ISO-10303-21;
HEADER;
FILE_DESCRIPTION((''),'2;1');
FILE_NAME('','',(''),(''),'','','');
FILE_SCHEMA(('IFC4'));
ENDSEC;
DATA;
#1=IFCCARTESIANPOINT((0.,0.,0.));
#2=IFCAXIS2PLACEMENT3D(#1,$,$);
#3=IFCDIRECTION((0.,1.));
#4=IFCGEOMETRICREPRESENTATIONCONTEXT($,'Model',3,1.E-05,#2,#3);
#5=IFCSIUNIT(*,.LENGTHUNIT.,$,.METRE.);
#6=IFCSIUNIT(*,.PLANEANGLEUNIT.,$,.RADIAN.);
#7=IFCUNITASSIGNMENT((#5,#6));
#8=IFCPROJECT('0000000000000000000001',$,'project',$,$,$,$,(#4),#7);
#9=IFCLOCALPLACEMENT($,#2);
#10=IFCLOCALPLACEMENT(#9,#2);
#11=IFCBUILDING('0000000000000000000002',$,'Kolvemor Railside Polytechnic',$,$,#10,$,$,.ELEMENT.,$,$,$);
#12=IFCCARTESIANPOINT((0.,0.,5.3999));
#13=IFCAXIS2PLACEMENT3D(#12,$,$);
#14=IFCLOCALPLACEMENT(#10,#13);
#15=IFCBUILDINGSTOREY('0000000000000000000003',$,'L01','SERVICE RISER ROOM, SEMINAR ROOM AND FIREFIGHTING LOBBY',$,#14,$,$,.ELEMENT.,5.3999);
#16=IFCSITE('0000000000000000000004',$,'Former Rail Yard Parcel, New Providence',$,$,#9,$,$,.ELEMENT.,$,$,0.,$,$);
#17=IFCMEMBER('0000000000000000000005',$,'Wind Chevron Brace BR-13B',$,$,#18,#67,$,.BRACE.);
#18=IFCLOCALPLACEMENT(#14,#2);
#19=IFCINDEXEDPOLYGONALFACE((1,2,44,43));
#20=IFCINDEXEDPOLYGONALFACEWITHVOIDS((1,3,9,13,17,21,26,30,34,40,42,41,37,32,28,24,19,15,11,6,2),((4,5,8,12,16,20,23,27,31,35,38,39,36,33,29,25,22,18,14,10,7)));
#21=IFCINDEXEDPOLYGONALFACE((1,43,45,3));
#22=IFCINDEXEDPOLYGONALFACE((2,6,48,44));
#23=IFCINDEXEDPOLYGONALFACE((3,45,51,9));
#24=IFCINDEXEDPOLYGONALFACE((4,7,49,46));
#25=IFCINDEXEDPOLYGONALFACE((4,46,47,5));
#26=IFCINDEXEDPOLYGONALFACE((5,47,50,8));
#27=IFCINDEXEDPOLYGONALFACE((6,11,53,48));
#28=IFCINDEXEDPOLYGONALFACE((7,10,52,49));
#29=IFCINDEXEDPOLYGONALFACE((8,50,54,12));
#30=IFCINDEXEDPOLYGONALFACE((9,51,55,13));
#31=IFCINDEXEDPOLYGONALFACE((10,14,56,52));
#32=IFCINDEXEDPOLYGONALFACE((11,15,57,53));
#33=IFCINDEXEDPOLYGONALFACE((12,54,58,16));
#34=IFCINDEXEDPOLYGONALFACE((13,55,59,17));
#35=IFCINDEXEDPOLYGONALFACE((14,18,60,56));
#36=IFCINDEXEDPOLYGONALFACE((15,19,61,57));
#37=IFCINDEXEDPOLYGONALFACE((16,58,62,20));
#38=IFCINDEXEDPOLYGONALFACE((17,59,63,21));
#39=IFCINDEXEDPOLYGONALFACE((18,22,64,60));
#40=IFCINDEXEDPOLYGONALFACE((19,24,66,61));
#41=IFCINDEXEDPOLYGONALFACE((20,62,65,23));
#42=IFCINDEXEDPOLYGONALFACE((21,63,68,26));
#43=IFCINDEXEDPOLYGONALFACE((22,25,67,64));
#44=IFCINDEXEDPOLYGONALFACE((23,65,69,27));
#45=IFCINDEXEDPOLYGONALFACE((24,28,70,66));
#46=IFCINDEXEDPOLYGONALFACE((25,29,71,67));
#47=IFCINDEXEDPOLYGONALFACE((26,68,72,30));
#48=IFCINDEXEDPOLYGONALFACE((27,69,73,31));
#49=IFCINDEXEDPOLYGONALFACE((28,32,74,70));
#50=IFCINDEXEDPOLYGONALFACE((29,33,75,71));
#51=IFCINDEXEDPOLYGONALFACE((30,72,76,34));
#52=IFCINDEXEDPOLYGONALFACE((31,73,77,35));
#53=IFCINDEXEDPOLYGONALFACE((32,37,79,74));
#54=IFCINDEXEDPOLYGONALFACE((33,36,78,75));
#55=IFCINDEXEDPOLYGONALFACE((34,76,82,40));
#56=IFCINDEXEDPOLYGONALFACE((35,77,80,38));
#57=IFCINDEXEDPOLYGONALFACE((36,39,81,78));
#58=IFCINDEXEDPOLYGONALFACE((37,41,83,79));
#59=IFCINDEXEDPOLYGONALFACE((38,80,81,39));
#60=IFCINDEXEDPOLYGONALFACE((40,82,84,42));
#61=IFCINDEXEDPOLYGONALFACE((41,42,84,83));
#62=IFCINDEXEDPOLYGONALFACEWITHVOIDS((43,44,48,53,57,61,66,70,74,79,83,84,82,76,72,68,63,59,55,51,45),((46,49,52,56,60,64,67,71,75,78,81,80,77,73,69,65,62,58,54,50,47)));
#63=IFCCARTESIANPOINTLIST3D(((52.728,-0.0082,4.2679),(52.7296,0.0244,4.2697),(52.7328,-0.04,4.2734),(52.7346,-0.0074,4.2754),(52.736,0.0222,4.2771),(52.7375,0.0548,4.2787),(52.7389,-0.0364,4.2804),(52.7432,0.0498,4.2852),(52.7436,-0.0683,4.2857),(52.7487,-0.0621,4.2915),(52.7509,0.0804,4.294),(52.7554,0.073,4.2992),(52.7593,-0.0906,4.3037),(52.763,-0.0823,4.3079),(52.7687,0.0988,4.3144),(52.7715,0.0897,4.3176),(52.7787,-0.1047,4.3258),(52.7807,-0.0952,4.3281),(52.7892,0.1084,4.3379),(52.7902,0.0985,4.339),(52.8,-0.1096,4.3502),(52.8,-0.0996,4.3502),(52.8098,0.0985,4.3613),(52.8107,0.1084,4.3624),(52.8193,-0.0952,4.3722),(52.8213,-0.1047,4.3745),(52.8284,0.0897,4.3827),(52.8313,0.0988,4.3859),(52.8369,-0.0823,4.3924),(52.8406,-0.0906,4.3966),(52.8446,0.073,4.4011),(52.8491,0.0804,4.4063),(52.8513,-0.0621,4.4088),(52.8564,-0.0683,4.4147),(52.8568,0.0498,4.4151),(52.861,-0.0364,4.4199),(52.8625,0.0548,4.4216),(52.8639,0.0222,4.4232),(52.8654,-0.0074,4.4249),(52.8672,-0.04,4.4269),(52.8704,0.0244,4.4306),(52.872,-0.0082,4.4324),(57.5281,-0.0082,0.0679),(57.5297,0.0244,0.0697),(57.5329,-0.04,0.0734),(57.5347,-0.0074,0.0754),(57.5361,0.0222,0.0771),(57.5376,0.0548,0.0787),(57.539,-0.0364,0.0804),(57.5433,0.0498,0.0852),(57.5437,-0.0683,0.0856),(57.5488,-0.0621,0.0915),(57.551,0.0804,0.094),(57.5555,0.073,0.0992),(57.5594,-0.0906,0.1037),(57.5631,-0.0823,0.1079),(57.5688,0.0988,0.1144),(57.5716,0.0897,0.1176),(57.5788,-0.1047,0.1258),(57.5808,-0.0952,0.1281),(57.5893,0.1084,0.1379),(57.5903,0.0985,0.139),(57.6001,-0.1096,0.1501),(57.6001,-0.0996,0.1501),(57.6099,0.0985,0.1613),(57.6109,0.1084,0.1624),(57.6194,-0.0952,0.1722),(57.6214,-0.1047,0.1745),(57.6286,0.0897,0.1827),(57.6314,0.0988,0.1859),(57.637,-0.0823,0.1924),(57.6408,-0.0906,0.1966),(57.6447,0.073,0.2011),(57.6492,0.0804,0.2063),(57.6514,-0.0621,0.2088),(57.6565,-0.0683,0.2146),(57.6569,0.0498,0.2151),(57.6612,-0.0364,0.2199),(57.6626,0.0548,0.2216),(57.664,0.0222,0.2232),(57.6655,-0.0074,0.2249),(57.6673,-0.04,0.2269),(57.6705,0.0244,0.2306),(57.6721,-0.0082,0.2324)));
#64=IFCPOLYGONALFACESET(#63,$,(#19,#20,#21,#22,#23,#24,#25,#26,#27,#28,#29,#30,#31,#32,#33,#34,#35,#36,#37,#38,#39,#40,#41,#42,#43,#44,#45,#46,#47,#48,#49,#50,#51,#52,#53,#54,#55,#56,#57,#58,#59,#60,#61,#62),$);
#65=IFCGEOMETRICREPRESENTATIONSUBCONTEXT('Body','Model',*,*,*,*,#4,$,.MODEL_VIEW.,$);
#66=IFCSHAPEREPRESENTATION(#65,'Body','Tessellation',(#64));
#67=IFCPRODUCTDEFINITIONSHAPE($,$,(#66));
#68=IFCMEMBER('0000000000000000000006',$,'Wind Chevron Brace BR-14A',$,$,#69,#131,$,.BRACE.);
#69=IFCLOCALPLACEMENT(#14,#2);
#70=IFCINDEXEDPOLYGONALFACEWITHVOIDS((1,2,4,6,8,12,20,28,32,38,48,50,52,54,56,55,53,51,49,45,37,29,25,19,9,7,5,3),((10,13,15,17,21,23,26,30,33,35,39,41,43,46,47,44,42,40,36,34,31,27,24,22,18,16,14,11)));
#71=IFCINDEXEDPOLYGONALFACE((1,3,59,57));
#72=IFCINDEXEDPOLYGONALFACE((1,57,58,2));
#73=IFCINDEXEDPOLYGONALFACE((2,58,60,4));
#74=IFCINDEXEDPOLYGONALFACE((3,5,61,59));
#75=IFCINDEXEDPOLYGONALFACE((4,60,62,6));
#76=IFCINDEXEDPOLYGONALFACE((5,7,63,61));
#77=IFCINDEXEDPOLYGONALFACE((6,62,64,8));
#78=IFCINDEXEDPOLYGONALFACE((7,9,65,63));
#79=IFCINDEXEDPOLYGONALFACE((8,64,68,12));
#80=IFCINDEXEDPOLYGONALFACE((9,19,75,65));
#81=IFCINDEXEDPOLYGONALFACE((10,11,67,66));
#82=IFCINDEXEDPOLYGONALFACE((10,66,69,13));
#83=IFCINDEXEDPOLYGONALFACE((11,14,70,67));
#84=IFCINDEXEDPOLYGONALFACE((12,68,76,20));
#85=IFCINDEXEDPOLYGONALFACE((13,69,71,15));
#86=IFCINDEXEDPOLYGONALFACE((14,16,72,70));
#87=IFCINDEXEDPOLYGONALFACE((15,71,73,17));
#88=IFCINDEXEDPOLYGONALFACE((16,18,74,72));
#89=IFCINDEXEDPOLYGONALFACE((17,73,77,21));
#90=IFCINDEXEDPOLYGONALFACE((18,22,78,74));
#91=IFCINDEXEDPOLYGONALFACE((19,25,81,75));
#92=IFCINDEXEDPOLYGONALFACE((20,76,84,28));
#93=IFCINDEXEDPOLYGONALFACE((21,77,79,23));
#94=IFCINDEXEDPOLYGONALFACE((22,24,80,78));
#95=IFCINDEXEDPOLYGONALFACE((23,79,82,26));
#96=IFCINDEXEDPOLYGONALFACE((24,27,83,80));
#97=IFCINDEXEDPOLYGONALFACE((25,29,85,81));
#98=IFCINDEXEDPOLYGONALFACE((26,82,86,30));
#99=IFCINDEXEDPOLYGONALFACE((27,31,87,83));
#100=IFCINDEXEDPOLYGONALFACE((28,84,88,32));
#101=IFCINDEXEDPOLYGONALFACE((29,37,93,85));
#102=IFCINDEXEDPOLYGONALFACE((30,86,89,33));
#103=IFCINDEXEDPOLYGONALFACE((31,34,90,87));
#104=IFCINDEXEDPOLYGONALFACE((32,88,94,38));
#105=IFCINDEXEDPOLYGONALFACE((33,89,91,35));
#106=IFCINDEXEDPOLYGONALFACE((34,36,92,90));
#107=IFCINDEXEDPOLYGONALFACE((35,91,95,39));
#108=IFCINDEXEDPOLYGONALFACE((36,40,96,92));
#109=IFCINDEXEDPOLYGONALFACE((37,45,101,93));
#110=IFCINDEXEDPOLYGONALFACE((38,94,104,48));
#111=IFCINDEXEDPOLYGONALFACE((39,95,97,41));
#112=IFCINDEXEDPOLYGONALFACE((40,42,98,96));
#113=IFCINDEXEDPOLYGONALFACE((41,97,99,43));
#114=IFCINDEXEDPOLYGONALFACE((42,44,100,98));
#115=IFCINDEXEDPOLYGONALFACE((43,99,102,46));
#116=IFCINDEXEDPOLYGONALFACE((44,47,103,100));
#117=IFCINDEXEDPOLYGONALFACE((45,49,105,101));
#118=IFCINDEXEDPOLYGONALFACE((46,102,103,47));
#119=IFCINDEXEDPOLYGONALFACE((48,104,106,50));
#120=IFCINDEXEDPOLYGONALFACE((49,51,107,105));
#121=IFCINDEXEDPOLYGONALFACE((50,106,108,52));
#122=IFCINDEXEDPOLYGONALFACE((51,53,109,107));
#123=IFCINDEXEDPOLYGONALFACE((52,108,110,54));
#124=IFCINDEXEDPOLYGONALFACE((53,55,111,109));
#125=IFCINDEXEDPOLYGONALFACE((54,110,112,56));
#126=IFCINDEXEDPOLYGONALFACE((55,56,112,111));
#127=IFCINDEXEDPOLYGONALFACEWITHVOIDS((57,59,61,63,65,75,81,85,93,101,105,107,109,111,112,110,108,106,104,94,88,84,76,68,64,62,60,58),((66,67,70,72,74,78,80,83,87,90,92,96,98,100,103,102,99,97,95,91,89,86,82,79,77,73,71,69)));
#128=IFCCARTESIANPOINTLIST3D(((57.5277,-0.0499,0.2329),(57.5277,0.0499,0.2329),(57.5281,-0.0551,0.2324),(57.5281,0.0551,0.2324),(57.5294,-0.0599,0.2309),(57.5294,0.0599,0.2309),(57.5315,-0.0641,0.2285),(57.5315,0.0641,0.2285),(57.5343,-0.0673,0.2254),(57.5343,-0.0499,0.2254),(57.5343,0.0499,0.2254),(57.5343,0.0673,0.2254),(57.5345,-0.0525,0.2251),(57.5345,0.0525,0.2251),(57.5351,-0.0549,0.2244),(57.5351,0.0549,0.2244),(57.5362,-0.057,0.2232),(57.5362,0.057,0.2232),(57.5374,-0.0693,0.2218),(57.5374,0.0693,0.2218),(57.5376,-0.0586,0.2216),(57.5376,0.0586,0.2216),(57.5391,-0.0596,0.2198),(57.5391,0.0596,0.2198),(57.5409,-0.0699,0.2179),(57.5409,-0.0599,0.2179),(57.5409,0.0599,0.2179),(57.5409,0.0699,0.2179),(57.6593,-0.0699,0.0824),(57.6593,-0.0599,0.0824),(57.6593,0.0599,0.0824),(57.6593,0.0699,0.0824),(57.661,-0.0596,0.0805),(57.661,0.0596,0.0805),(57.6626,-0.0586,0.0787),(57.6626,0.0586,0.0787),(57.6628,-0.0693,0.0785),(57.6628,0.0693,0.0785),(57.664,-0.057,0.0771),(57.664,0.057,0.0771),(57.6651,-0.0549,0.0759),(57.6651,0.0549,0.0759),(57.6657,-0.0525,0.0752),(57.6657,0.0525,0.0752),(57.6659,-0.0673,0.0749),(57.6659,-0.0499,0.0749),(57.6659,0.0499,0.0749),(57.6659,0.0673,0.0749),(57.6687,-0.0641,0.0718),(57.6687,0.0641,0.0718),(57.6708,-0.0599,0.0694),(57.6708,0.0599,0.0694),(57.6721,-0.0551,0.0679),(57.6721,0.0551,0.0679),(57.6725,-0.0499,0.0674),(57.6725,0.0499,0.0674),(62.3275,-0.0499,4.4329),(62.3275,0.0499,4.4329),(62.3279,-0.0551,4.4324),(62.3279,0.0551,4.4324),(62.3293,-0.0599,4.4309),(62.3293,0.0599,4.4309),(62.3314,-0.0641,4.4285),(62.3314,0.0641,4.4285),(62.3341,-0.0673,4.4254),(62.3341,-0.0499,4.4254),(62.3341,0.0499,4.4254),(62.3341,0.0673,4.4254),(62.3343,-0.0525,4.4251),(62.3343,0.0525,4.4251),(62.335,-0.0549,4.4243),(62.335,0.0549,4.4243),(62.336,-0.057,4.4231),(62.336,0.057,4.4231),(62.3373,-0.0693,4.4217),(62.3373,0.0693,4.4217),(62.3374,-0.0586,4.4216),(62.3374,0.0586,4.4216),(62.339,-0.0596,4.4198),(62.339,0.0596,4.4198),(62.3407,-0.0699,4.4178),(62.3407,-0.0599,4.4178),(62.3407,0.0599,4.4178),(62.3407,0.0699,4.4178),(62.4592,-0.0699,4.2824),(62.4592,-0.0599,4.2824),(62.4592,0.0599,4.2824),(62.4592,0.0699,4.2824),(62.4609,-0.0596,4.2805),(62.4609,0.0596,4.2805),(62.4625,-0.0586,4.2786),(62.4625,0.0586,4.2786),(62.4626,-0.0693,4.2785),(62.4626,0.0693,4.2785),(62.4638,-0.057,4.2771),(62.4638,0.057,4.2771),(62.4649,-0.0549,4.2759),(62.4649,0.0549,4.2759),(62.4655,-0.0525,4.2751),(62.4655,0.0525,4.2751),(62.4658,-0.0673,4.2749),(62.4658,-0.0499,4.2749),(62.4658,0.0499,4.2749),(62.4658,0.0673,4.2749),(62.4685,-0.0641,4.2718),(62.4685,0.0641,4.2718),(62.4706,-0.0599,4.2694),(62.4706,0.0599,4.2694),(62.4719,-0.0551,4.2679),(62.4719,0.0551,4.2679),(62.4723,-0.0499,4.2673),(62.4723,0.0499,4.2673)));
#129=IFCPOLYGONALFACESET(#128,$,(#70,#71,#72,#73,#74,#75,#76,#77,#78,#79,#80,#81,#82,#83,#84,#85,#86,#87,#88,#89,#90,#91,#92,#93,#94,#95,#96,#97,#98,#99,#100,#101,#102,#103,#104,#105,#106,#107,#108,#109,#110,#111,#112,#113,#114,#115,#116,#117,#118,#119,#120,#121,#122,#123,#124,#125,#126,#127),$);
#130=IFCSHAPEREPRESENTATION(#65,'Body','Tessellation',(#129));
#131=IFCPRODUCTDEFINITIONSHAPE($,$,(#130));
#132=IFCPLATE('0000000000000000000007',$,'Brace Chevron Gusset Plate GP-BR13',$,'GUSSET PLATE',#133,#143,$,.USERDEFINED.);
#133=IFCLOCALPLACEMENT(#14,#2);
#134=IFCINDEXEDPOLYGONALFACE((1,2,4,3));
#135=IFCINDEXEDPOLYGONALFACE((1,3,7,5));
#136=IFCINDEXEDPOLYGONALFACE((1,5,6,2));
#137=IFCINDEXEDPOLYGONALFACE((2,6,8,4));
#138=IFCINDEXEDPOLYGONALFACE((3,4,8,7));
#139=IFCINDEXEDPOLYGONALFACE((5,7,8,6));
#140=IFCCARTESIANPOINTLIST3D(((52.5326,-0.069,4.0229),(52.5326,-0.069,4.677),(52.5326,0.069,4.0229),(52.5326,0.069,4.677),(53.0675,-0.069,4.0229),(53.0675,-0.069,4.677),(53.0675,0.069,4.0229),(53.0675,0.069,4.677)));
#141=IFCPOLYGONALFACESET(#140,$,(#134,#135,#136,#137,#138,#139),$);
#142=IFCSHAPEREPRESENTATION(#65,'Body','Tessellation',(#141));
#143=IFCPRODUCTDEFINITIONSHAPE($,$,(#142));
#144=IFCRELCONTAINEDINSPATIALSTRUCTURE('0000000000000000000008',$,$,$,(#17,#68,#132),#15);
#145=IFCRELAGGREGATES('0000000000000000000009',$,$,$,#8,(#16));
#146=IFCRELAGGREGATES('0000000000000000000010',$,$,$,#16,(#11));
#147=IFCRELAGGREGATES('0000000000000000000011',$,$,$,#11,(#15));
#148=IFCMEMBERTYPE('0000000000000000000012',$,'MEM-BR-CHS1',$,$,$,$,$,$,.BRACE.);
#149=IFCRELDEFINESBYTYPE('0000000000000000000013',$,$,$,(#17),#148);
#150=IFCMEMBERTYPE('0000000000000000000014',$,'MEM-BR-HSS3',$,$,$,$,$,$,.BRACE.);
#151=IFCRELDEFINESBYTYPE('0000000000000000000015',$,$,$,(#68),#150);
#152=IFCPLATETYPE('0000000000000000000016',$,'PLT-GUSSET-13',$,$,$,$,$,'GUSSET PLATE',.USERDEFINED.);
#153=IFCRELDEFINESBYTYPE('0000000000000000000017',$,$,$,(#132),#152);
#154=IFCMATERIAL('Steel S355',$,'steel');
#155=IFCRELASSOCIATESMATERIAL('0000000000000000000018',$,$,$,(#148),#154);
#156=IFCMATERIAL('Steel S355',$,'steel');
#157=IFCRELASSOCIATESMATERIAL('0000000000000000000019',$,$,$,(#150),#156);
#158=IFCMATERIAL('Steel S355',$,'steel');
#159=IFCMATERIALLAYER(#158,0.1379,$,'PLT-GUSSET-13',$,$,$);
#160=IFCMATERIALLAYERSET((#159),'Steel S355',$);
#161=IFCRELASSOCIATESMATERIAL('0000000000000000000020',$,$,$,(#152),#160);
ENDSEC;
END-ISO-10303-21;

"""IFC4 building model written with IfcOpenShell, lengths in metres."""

from ifc_helpers import new_model, si_unit, direction, frame, origin, origin_2d, place, context, subcontext, project, spatial, rectangle, hollow_rectangle, hollow_circle, extrude, material, layer, layer_set, material_profile, profile_set, type_object, element, save


model = new_model("IFC4")

# Units and contexts
model_context = context("Model", 3, precision=1e-05, world=origin(), true_north=direction((0.0, 1.0)))
body_context = subcontext(model_context, "Body", "Model", "MODEL_VIEW")
ifc_project = project(units=[si_unit("LENGTHUNIT", "METRE"), si_unit("PLANEANGLEUNIT", "RADIAN")], contexts=[model_context])

# Site, building, storey
site_placement = place(None, origin())
site = spatial("IfcSite", under=ifc_project, at=site_placement, Name="Former Rail Yard Parcel, New Providence", CompositionType="ELEMENT", RefElevation=0.0)
building_placement = place(site_placement, origin())
building = spatial("IfcBuilding", under=site, at=building_placement, Name="Kolvemor Railside Polytechnic", CompositionType="ELEMENT")
storey_placement = place(building_placement, frame((0.0, 0.0, 5.3999)))
storey = spatial("IfcBuildingStorey", under=building, at=storey_placement, Name="L01", Description="SERVICE RISER ROOM, SEMINAR ROOM AND FIREFIGHTING LOBBY", CompositionType="ELEMENT", Elevation=5.3999)

# Members
ifc_material_1 = material(Name="Steel S355", Category="steel")
ifc_material_profile_1 = material_profile(ifc_material_1, hollow_circle(Radius=0.1096, WallThickness=0.01, at=origin_2d()), Name="CHS219.1x10")
ifc_profile_set_1 = profile_set([ifc_material_profile_1], Name="Steel S355")
member_type_1 = type_object("IfcMemberType", Name="MEM-BR-CHS1", PredefinedType="BRACE", material=ifc_profile_set_1)
for number, where, z_axis, x_axis, name in (
    (1, (57.6001, 0.0, 0.1501), (-0.752584, 0.0, 0.658496), (0.0, -1.0, 0.0), "Wind Chevron Brace BR-13B"),
):
    element("IfcMember", number, at=place(storey_placement, frame(where, z_axis=z_axis, x_axis=x_axis)), inside=storey, type_object=member_type_1, Name=name, PredefinedType="BRACE", context=body_context, shape_type="SweptSolid", body=[
        extrude(hollow_circle(Radius=0.1096, WallThickness=0.01, at=origin_2d()), origin(), (0.0, 0.0, 1.0), 6.3782),
    ])
ifc_material_2 = material(Name="Steel S355", Category="steel")
ifc_material_profile_2 = material_profile(ifc_material_2, hollow_rectangle(XDim=0.1399, YDim=0.22, WallThickness=0.01, InnerFilletRadius=0.01, OuterFilletRadius=0.02, at=origin_2d()), Name="HSS220x140x10")
ifc_profile_set_2 = profile_set([ifc_material_profile_2], Name="Steel S355")
member_type_2 = type_object("IfcMemberType", Name="MEM-BR-HSS3", PredefinedType="BRACE", material=ifc_profile_set_2)
member_placement = place(storey_placement, frame((57.6001, 0.0, 0.1501), z_axis=(0.752567, 0.0, 0.658515), x_axis=(0.0, 1.0, 0.0)))
element("IfcMember", 2, at=member_placement, inside=storey, type_object=member_type_2, Name="Wind Chevron Brace BR-14A", PredefinedType="BRACE", context=body_context, shape_type="SweptSolid", body=[
    extrude(hollow_rectangle(XDim=0.1399, YDim=0.22, WallThickness=0.01, InnerFilletRadius=0.01, OuterFilletRadius=0.02, at=origin_2d()), origin(), (0.0, 0.0, 1.0), 6.3779),
])

# Plate
ifc_material_3 = material(Name="Steel S355", Category="steel")
ifc_layer_1 = layer(ifc_material_3, 0.1379, Name="PLT-GUSSET-13")
ifc_layer_set_1 = layer_set([ifc_layer_1], Name="Steel S355")
plate_type = type_object("IfcPlateType", Name="PLT-GUSSET-13", ElementType="GUSSET PLATE", PredefinedType="USERDEFINED", material=ifc_layer_set_1)
plate_placement = place(storey_placement, frame((52.8, 0.0, 4.0229), z_axis=(0.0, 0.0, 1.0), x_axis=(1.0, 0.0, 0.0)))
element("IfcPlate", 3, at=plate_placement, inside=storey, type_object=plate_type, Name="Brace Chevron Gusset Plate GP-BR13", ObjectType="GUSSET PLATE", PredefinedType="USERDEFINED", context=body_context, shape_type="SweptSolid", body=[
    extrude(rectangle(XDim=0.5349, YDim=0.1379, at=origin_2d()), origin(), (0.0, 0.0, 1.0), 0.6541),
])

save(model, "model.ifc")
